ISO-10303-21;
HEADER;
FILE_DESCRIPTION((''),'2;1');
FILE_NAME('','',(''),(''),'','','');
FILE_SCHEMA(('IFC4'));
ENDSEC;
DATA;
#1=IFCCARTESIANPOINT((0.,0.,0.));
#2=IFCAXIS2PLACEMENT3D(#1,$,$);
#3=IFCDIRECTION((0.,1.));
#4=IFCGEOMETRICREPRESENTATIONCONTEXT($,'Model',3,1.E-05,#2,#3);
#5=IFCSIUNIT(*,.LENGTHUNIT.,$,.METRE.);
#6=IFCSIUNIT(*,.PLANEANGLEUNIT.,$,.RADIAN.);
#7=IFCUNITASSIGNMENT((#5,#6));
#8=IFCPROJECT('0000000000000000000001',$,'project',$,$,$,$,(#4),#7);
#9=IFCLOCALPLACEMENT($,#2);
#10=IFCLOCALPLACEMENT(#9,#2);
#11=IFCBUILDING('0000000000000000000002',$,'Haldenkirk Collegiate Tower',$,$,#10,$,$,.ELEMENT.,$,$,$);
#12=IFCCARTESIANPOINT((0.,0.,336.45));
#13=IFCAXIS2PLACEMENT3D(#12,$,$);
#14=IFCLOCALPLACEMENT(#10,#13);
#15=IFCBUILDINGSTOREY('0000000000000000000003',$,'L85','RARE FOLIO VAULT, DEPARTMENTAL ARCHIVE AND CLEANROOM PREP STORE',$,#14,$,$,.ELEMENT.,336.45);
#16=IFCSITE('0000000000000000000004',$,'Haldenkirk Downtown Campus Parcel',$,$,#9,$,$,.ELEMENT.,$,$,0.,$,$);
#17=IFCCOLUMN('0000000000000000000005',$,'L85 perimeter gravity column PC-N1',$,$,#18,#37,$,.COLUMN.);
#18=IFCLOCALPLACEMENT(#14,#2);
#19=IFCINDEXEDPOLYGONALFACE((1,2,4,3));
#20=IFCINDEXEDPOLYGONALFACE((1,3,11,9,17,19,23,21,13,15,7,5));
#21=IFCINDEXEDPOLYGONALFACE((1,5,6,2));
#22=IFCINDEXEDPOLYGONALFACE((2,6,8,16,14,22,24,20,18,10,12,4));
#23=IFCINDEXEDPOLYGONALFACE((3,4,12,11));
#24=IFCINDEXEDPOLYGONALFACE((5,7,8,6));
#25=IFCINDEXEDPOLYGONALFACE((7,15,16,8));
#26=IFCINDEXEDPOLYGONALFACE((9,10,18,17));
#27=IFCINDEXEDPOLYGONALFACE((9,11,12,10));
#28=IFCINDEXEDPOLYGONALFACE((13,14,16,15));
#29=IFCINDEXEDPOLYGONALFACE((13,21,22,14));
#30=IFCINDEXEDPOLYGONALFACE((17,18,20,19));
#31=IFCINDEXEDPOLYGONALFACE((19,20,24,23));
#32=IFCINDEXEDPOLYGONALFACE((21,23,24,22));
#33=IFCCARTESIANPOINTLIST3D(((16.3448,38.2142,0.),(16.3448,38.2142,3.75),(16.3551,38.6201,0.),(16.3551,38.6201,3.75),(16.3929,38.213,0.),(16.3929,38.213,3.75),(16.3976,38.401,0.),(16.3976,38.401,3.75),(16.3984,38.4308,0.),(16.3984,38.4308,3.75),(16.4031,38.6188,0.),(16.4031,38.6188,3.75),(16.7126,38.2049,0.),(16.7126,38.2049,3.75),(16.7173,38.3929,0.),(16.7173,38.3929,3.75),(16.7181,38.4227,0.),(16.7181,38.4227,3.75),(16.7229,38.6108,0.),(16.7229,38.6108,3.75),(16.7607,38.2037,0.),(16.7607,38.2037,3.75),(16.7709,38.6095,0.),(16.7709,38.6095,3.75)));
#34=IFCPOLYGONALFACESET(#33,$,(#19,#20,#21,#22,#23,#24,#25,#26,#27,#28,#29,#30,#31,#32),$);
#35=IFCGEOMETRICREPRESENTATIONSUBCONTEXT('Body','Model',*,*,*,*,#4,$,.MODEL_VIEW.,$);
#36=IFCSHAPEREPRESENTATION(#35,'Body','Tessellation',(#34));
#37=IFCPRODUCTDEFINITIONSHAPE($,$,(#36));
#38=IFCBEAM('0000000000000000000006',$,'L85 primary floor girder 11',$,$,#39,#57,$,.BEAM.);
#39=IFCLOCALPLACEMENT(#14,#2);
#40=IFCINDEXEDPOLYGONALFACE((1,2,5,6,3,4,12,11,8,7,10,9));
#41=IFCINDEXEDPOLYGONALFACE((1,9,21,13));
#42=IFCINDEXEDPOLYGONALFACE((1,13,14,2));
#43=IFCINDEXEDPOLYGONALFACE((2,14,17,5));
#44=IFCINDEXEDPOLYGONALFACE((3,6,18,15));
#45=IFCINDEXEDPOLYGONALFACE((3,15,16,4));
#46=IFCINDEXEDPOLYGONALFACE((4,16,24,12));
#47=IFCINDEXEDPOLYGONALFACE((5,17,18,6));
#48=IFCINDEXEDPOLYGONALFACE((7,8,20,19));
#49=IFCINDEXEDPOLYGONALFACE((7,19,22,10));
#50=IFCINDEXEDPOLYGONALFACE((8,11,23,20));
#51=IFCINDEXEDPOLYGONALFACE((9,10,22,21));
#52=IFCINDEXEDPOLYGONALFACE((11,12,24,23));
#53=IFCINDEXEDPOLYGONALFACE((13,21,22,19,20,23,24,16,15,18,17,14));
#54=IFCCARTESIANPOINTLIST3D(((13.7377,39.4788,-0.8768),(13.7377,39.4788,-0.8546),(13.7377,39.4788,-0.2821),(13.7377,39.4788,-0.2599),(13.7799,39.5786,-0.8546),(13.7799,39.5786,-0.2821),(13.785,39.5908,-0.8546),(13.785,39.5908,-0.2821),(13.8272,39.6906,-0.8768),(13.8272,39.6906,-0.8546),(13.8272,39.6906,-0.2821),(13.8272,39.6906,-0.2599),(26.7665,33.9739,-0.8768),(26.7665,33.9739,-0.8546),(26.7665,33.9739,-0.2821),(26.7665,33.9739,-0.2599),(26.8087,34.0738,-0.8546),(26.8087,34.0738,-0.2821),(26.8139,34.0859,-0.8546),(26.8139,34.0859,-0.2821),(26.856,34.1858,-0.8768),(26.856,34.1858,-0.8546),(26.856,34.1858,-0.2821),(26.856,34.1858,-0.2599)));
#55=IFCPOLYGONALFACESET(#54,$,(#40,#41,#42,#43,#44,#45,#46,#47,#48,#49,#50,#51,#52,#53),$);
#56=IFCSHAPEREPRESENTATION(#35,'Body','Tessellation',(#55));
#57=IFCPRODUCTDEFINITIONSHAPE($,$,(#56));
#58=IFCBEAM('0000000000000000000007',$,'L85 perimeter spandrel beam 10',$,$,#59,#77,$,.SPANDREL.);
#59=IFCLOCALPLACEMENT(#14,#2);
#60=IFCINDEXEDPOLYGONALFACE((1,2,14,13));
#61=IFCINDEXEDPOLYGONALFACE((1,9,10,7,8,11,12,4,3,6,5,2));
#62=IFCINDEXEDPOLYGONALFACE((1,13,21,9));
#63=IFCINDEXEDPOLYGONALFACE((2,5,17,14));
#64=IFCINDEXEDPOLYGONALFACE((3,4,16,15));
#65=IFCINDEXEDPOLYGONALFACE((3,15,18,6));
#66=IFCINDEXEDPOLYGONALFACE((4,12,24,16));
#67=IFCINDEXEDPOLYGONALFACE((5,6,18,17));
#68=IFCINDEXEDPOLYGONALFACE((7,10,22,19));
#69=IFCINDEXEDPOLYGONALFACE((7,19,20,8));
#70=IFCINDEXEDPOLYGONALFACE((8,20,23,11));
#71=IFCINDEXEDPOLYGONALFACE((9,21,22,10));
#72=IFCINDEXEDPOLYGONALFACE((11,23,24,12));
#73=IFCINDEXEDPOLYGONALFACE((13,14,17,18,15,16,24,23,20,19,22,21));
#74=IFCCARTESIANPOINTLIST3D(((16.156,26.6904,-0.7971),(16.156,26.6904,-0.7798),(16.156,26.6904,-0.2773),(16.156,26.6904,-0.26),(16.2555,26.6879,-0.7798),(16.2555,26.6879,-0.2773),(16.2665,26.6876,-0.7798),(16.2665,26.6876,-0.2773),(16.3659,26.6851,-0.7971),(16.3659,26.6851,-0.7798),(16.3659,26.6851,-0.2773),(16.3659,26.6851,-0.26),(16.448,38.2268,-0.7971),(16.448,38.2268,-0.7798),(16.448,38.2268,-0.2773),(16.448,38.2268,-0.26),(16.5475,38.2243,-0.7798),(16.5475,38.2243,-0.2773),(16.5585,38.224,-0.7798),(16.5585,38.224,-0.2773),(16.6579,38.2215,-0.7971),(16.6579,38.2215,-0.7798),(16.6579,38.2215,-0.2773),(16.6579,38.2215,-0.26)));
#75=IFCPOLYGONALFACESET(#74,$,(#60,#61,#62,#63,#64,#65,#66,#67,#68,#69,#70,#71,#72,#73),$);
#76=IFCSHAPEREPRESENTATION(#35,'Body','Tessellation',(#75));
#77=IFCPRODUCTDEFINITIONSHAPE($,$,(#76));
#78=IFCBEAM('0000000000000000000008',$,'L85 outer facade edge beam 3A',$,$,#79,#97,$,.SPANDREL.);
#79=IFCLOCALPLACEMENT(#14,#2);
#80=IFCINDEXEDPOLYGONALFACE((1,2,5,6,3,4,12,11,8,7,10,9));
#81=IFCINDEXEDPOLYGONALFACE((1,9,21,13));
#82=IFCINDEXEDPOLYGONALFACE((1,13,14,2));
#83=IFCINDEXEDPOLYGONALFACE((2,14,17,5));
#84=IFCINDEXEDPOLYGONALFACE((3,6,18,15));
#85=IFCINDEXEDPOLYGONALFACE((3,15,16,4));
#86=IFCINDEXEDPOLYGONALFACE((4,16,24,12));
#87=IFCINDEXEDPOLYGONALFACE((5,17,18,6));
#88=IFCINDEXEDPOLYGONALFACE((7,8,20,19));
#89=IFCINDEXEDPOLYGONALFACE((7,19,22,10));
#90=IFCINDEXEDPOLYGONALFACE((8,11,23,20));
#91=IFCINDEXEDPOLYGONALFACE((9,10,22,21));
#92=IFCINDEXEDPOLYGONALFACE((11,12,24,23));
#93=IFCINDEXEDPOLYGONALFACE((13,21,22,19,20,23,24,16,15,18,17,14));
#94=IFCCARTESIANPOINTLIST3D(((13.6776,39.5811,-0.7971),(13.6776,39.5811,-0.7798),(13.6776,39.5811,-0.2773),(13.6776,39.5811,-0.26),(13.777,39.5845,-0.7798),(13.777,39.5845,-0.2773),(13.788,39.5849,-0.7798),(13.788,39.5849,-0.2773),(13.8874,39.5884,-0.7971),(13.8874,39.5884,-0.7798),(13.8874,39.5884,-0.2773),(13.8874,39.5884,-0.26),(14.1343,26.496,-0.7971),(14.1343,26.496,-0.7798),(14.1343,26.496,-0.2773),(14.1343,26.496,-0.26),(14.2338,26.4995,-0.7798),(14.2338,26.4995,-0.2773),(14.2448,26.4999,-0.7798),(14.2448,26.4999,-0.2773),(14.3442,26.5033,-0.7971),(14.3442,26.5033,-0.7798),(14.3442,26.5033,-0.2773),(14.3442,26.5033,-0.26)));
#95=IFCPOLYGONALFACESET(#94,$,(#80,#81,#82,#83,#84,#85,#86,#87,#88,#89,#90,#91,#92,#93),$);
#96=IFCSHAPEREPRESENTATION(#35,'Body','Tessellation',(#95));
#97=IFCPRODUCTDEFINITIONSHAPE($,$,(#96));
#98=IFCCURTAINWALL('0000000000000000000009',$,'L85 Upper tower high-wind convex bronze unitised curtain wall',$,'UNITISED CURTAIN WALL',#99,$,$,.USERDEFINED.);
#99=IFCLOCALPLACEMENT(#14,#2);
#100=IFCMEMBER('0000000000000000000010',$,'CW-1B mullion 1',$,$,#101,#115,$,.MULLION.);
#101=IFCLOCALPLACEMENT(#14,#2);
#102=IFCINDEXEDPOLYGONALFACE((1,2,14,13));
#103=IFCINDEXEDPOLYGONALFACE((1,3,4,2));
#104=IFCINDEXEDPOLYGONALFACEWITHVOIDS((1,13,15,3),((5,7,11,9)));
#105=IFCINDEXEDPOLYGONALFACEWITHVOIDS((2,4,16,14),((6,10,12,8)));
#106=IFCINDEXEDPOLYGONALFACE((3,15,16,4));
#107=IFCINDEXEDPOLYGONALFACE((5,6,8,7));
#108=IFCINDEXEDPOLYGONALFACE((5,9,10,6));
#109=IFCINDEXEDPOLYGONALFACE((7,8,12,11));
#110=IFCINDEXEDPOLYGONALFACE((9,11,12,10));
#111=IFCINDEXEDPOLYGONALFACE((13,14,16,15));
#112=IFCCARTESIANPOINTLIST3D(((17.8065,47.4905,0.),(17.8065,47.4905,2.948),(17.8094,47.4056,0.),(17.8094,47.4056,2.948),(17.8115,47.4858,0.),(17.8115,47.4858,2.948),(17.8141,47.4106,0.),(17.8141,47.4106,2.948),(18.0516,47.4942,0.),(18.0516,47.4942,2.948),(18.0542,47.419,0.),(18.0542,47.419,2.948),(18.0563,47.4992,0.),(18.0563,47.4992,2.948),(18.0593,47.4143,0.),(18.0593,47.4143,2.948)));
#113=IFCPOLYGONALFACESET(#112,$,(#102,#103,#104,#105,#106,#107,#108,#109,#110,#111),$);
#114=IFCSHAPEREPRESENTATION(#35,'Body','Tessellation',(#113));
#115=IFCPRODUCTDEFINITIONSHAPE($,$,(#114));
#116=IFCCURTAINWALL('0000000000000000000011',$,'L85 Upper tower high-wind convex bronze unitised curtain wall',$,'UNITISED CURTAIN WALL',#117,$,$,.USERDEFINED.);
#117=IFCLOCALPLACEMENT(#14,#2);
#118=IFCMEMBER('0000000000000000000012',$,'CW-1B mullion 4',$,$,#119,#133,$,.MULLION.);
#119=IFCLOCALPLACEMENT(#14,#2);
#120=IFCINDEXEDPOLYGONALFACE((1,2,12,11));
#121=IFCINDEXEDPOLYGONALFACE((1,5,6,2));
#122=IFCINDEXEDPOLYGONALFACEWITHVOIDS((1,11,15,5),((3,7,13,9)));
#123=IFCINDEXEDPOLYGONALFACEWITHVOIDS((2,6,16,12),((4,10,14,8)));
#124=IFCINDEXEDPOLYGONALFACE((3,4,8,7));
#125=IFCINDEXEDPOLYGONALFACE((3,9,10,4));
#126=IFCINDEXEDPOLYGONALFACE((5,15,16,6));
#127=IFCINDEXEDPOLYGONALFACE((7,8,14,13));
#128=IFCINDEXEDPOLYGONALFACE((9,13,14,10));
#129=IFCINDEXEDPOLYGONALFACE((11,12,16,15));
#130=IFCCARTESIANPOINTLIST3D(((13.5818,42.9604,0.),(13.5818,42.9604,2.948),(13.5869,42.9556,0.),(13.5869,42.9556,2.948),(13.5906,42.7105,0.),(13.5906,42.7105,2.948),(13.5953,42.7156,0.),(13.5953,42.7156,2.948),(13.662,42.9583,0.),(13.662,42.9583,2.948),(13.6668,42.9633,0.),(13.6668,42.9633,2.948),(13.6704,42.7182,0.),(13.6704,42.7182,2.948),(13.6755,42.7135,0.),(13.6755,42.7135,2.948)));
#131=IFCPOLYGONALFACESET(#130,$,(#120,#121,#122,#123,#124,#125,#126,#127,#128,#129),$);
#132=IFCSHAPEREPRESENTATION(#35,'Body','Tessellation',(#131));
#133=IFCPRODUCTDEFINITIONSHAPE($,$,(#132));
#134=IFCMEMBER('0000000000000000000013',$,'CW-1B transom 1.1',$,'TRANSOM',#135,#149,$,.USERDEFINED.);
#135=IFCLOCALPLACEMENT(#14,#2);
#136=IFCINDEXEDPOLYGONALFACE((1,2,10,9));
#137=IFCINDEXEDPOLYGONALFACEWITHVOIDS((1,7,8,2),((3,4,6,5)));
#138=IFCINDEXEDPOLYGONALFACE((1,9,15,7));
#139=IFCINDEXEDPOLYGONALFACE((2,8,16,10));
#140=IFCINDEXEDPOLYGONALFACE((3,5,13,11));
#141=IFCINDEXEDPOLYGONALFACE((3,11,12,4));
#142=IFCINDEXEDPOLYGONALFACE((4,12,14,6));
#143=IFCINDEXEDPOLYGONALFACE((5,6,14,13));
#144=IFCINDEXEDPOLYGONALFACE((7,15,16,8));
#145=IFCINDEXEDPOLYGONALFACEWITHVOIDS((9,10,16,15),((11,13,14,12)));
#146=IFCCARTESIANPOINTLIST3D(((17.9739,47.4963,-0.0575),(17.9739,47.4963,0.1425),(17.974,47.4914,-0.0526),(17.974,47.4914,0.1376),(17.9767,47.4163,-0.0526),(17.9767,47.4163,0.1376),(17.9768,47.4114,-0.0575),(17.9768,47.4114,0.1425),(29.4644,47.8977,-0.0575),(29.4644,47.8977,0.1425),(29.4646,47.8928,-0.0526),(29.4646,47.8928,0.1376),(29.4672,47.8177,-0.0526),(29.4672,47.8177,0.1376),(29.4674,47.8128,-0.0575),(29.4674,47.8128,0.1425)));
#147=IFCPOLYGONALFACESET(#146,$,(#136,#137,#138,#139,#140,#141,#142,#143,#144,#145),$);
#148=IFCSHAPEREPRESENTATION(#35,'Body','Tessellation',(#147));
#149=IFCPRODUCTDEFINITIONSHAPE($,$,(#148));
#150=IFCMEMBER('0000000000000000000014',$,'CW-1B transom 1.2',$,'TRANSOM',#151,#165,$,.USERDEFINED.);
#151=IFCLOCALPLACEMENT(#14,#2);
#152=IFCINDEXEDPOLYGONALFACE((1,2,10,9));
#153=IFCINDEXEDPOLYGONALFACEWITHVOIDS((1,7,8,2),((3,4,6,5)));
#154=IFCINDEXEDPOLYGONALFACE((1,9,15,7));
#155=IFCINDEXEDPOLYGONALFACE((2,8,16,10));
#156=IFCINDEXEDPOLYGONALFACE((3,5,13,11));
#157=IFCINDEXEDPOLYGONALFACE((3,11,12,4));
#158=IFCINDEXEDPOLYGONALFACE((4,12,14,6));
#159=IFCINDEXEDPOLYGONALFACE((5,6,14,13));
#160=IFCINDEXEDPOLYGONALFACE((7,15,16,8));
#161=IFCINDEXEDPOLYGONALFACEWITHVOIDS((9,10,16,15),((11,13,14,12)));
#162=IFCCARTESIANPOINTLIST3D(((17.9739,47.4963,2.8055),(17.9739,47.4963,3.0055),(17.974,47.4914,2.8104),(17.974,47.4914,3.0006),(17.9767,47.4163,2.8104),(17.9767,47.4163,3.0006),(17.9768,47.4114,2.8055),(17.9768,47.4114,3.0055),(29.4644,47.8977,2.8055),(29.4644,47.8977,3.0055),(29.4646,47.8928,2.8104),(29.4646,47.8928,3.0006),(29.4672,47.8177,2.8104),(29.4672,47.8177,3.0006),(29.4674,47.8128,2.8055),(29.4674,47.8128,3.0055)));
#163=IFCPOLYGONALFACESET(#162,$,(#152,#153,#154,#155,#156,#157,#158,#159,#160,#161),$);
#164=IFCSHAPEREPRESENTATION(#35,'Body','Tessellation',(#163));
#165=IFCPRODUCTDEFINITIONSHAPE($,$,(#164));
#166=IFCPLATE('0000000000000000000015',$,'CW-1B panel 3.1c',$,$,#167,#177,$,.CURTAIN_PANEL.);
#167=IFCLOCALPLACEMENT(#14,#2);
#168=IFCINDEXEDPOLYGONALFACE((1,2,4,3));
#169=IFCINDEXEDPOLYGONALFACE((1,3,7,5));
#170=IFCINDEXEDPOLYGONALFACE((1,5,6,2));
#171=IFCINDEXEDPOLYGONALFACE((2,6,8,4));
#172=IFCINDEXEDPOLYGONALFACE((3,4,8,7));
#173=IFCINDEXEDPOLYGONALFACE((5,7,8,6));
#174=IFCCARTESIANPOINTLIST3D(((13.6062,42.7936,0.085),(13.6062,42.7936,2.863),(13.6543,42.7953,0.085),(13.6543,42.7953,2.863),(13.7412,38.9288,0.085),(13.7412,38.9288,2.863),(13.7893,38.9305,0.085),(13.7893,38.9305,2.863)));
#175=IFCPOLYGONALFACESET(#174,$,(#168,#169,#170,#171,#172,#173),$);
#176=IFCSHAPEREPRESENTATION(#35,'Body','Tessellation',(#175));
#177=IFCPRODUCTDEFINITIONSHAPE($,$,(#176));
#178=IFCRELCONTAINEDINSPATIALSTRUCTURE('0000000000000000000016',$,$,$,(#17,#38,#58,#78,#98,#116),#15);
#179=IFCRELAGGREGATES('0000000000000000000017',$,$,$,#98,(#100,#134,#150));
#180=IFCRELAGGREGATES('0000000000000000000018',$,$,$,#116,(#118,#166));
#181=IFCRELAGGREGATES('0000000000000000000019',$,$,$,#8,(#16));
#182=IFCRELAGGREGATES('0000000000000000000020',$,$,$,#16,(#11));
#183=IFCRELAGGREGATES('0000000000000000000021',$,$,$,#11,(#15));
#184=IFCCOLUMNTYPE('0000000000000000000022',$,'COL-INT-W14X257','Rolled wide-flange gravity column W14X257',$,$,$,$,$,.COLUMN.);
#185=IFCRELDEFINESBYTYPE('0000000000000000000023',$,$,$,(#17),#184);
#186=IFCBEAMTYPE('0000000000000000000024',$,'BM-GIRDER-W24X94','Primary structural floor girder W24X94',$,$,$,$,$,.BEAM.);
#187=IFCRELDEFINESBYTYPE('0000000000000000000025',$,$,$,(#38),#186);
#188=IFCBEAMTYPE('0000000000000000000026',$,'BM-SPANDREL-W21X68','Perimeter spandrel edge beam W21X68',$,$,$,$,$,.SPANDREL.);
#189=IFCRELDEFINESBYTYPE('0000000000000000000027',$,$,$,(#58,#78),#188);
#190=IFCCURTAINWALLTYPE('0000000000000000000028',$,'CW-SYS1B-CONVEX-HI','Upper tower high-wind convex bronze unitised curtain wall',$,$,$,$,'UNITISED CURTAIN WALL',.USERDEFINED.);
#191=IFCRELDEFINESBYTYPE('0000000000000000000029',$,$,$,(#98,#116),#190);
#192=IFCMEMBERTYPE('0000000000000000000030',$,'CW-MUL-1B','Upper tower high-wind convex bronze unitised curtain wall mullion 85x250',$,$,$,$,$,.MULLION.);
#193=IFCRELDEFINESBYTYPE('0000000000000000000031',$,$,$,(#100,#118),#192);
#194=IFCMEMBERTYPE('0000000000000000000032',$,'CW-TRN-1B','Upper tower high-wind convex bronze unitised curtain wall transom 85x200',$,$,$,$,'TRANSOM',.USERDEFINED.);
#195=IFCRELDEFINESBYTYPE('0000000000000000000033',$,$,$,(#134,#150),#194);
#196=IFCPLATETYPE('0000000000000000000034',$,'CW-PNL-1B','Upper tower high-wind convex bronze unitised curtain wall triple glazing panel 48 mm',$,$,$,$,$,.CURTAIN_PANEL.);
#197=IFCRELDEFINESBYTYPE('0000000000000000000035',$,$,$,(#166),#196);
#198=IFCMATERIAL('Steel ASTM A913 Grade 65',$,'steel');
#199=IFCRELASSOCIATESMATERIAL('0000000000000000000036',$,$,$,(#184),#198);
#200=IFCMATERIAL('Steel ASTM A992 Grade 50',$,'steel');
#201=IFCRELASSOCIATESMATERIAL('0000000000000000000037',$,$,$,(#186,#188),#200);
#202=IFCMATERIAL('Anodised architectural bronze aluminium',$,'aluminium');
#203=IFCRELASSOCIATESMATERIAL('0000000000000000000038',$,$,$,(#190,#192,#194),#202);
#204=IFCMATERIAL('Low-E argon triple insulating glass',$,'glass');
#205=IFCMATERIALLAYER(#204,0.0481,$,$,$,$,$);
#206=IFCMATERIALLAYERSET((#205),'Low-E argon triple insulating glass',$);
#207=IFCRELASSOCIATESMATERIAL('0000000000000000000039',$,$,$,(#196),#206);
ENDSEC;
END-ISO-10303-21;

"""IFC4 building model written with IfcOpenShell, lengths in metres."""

from ifc_helpers import new_model, si_unit, direction, frame, origin, origin_2d, place, context, subcontext, project, spatial, rectangle, hollow_rectangle, i_section, extrude, source, transform, mapped, material, layer, layer_set, material_profile, profile_set, type_object, element, aggregate, save


model = new_model("IFC4")

# Units and contexts
model_context = context("Model", 3, precision=1e-05, world=origin(), true_north=direction((0.0, 1.0)))
body_context = subcontext(model_context, "Body", "Model", "MODEL_VIEW")
ifc_project = project(units=[si_unit("LENGTHUNIT", "METRE"), si_unit("PLANEANGLEUNIT", "RADIAN")], contexts=[model_context])

# Site, building, storey
site_placement = place(None, origin())
site = spatial("IfcSite", under=ifc_project, at=site_placement, Name="Haldenkirk Downtown Campus Parcel", CompositionType="ELEMENT", RefElevation=0.0)
building_placement = place(site_placement, origin())
building = spatial("IfcBuilding", under=site, at=building_placement, Name="Haldenkirk Collegiate Tower", CompositionType="ELEMENT")
storey_placement = place(building_placement, frame((0.0, 0.0, 336.45)))
storey = spatial("IfcBuildingStorey", under=building, at=storey_placement, Name="L85", Description="RARE FOLIO VAULT, DEPARTMENTAL ARCHIVE AND CLEANROOM PREP STORE", CompositionType="ELEMENT", Elevation=336.45)

# Column
ifc_material_1 = material(Name="Steel ASTM A913 Grade 65", Category="steel")
ifc_material_profile_1 = material_profile(ifc_material_1, i_section(OverallWidth=0.406, OverallDepth=0.416, WebThickness=0.0298, FlangeThickness=0.0481, at=origin_2d()), Name="W14X257")
ifc_profile_set_1 = profile_set([ifc_material_profile_1], Name="Steel ASTM A913 Grade 65")
column_type = type_object("IfcColumnType", Name="COL-INT-W14X257", Description="Rolled wide-flange gravity column W14X257", PredefinedType="COLUMN", material=ifc_profile_set_1)
column_placement = place(storey_placement, frame((16.5579, 38.4119, 0.0), z_axis=(0.0, 0.0, 1.0), x_axis=(0.025305, 0.99968, 0.0)))
element("IfcColumn", 1, at=column_placement, inside=storey, type_object=column_type, Name="L85 perimeter gravity column PC-N1", PredefinedType="COLUMN", context=body_context, shape_type="SweptSolid", body=[
    extrude(i_section(OverallWidth=0.406, OverallDepth=0.416, WebThickness=0.0298, FlangeThickness=0.0481, at=origin_2d()), origin(), (0.0, 0.0, 1.0), 3.75),
])

# Beams
ifc_material_2 = material(Name="Steel ASTM A992 Grade 50", Category="steel")
ifc_material_profile_2 = material_profile(ifc_material_2, i_section(OverallWidth=0.23, OverallDepth=0.6169, WebThickness=0.0132, FlangeThickness=0.0222, at=origin_2d()), Name="W24X94")
ifc_profile_set_2 = profile_set([ifc_material_profile_2], Name="Steel ASTM A992 Grade 50")
beam_type_1 = type_object("IfcBeamType", Name="BM-GIRDER-W24X94", Description="Primary structural floor girder W24X94", PredefinedType="BEAM", material=ifc_profile_set_2)
beam_1_placement = place(storey_placement, frame((13.7825, 39.5847, -0.5684), z_axis=(0.921152, -0.389202, 0.0), x_axis=(0.389202, 0.921152, 0.0)))
element("IfcBeam", 2, at=beam_1_placement, inside=storey, type_object=beam_type_1, Name="L85 primary floor girder 11", PredefinedType="BEAM", context=body_context, shape_type="SweptSolid", body=[
    extrude(i_section(OverallWidth=0.23, OverallDepth=0.6169, WebThickness=0.0132, FlangeThickness=0.0222, at=origin_2d()), origin(), (0.0, 0.0, 1.0), 14.144),
])
ifc_material_profile_3 = material_profile(ifc_material_2, i_section(OverallWidth=0.21, OverallDepth=0.5371, WebThickness=0.011, FlangeThickness=0.0173, at=origin_2d()), Name="W21X68")
ifc_profile_set_3 = profile_set([ifc_material_profile_3], Name="Steel ASTM A992 Grade 50")
beam_type_2 = type_object("IfcBeamType", Name="BM-SPANDREL-W21X68", Description="Perimeter spandrel edge beam W21X68", PredefinedType="SPANDREL", material=ifc_profile_set_3)
beam_2_placement = place(storey_placement, frame((16.553, 38.2241, -0.5286), z_axis=(-0.025302, -0.99968, 0.0), x_axis=(0.99968, -0.025302, 0.0)))
element("IfcBeam", 3, at=beam_2_placement, inside=storey, type_object=beam_type_2, Name="L85 perimeter spandrel beam 10", PredefinedType="SPANDREL", context=body_context, shape_type="SweptSolid", body=[
    extrude(i_section(OverallWidth=0.21, OverallDepth=0.5371, WebThickness=0.011, FlangeThickness=0.0173, at=origin_2d()), origin(), (0.0, 0.0, 1.0), 11.54),
])
beam_3_placement = place(storey_placement, frame((13.7825, 39.5847, -0.5286), z_axis=(0.034888, -0.999391, 0.0), x_axis=(0.999391, 0.034888, 0.0)))
element("IfcBeam", 4, at=beam_3_placement, inside=storey, type_object=beam_type_2, Name="L85 outer facade edge beam 3A", PredefinedType="SPANDREL", context=body_context, shape_type="SweptSolid", body=[
    extrude(i_section(OverallWidth=0.21, OverallDepth=0.5371, WebThickness=0.011, FlangeThickness=0.0173, at=origin_2d()), origin(), (0.0, 0.0, 1.0), 13.093),
])

# Curtain walls, members
ifc_material_3 = material(Name="Anodised architectural bronze aluminium", Category="aluminium")
curtain_wall_type = type_object("IfcCurtainWallType", Name="CW-SYS1B-CONVEX-HI", Description="Upper tower high-wind convex bronze unitised curtain wall", ElementType="UNITISED CURTAIN WALL", PredefinedType="USERDEFINED", material=ifc_material_3)
curtain_wall_1_placement = place(storey_placement, origin())
curtain_wall_1 = element("IfcCurtainWall", 5, at=curtain_wall_1_placement, inside=storey, type_object=curtain_wall_type, Name="L85 Upper tower high-wind convex bronze unitised curtain wall", ObjectType="UNITISED CURTAIN WALL", PredefinedType="USERDEFINED")
ifc_material_profile_4 = material_profile(ifc_material_3, hollow_rectangle(XDim=0.085, YDim=0.25, WallThickness=0.0049, at=origin_2d()), Name="CW-MUL-1B")
ifc_profile_set_4 = profile_set([ifc_material_profile_4], Name="Anodised architectural bronze aluminium")
member_type_1 = type_object("IfcMemberType", Name="CW-MUL-1B", Description="Upper tower high-wind convex bronze unitised curtain wall mullion 85x250", PredefinedType="MULLION", material=ifc_profile_set_4)
member_1_placement = place(storey_placement, frame((17.9329, 47.4524, 0.0), z_axis=(0.0, 0.0, 1.0), x_axis=(-0.034902, 0.999391, 0.0)))
member_1 = element("IfcMember", 6, at=member_1_placement, type_object=member_type_1, Name="CW-1B mullion 1", PredefinedType="MULLION", context=body_context, shape_type="SweptSolid", body=[
    extrude(hollow_rectangle(XDim=0.085, YDim=0.25, WallThickness=0.0049, at=origin_2d()), origin(), (0.0, 0.0, 1.0), 2.948),
])
curtain_wall_2_placement = place(storey_placement, origin())
curtain_wall_2 = element("IfcCurtainWall", 7, at=curtain_wall_2_placement, inside=storey, type_object=curtain_wall_type, Name="L85 Upper tower high-wind convex bronze unitised curtain wall", ObjectType="UNITISED CURTAIN WALL", PredefinedType="USERDEFINED")
member_2_placement = place(storey_placement, frame((13.6287, 42.8369, 0.0), z_axis=(0.0, 0.0, 1.0), x_axis=(-0.999391, -0.034901, 0.0)))
member_2 = element("IfcMember", 8, at=member_2_placement, type_object=member_type_1, Name="CW-1B mullion 4", PredefinedType="MULLION", context=body_context, shape_type="SweptSolid", body=[
    extrude(hollow_rectangle(XDim=0.085, YDim=0.25, WallThickness=0.0049, at=origin_2d()), origin(), (0.0, 0.0, 1.0), 2.948),
])

# Members
ifc_material_profile_5 = material_profile(ifc_material_3, hollow_rectangle(XDim=0.085, YDim=0.2, WallThickness=0.0049, at=origin_2d()), Name="CW-TRN-1B")
ifc_profile_set_5 = profile_set([ifc_material_profile_5], Name="Anodised architectural bronze aluminium")
member_type_2 = type_object("IfcMemberType", Name="CW-TRN-1B", Description="Upper tower high-wind convex bronze unitised curtain wall transom 85x200", ElementType="TRANSOM", PredefinedType="USERDEFINED", material=ifc_profile_set_5)
member_3_placement = place(storey_placement, frame((17.9753, 47.4539, 0.0425), z_axis=(0.99939, 0.034909, 0.0), x_axis=(-0.034909, 0.99939, 0.0)))
member_3 = element("IfcMember", 9, at=member_3_placement, type_object=member_type_2, Name="CW-1B transom 1.1", ObjectType="TRANSOM", PredefinedType="USERDEFINED", context=body_context, shape_type="SweptSolid", body=[
    extrude(hollow_rectangle(XDim=0.085, YDim=0.2, WallThickness=0.0049, at=origin_2d()), origin(), (0.0, 0.0, 1.0), 11.4976),
])
member_4_placement = place(storey_placement, frame((17.9753, 47.4539, 2.9055), z_axis=(0.99939, 0.034909, 0.0), x_axis=(-0.034909, 0.99939, 0.0)))
member_4 = element("IfcMember", 10, at=member_4_placement, type_object=member_type_2, Name="CW-1B transom 1.2", ObjectType="TRANSOM", PredefinedType="USERDEFINED", context=body_context, shape_type="SweptSolid", body=[
    extrude(hollow_rectangle(XDim=0.085, YDim=0.2, WallThickness=0.0049, at=origin_2d()), origin(), (0.0, 0.0, 1.0), 11.4976),
])
aggregate(curtain_wall_1, [member_1, member_3, member_4])

# Plate
ifc_material_4 = material(Name="Low-E argon triple insulating glass", Category="glass")
ifc_layer_1 = layer(ifc_material_4, 0.0481)
ifc_layer_set_1 = layer_set([ifc_layer_1], Name="Low-E argon triple insulating glass")
plate_type_1 = type_object("IfcPlateType", Name="CW-PNL-1B", Description="Upper tower high-wind convex bronze unitised curtain wall triple glazing panel 48 mm", PredefinedType="CURTAIN_PANEL", material=ifc_layer_set_1)
shared_shape_1 = source(origin(), body_context, "Body", "SweptSolid", [
    extrude(rectangle(XDim=3.8672, YDim=0.0481, at=origin_2d()), origin(), (0.0, 0.0, 1.0), 2.7781),
])
plate_1_placement = place(storey_placement, frame((13.6978, 40.8621, 0.085), z_axis=(0.0, 0.0, 1.0), x_axis=(-0.034901, 0.999391, 0.0)))
plate_1 = element("IfcPlate", 11, at=plate_1_placement, type_object=plate_type_1, Name="CW-1B panel 3.1c", PredefinedType="CURTAIN_PANEL", context=body_context, shape_type="MappedRepresentation", body=[
    mapped(shared_shape_1, transform((0.0, 0.0, 0.0), x_axis=(1.0, 0.0, 0.0), y_axis=(0.0, 1.0, 0.0), z_axis=(0.0, 0.0, 1.0), scale=1.0)),
])
aggregate(curtain_wall_2, [member_2, plate_1])

save(model, "model.ifc")
